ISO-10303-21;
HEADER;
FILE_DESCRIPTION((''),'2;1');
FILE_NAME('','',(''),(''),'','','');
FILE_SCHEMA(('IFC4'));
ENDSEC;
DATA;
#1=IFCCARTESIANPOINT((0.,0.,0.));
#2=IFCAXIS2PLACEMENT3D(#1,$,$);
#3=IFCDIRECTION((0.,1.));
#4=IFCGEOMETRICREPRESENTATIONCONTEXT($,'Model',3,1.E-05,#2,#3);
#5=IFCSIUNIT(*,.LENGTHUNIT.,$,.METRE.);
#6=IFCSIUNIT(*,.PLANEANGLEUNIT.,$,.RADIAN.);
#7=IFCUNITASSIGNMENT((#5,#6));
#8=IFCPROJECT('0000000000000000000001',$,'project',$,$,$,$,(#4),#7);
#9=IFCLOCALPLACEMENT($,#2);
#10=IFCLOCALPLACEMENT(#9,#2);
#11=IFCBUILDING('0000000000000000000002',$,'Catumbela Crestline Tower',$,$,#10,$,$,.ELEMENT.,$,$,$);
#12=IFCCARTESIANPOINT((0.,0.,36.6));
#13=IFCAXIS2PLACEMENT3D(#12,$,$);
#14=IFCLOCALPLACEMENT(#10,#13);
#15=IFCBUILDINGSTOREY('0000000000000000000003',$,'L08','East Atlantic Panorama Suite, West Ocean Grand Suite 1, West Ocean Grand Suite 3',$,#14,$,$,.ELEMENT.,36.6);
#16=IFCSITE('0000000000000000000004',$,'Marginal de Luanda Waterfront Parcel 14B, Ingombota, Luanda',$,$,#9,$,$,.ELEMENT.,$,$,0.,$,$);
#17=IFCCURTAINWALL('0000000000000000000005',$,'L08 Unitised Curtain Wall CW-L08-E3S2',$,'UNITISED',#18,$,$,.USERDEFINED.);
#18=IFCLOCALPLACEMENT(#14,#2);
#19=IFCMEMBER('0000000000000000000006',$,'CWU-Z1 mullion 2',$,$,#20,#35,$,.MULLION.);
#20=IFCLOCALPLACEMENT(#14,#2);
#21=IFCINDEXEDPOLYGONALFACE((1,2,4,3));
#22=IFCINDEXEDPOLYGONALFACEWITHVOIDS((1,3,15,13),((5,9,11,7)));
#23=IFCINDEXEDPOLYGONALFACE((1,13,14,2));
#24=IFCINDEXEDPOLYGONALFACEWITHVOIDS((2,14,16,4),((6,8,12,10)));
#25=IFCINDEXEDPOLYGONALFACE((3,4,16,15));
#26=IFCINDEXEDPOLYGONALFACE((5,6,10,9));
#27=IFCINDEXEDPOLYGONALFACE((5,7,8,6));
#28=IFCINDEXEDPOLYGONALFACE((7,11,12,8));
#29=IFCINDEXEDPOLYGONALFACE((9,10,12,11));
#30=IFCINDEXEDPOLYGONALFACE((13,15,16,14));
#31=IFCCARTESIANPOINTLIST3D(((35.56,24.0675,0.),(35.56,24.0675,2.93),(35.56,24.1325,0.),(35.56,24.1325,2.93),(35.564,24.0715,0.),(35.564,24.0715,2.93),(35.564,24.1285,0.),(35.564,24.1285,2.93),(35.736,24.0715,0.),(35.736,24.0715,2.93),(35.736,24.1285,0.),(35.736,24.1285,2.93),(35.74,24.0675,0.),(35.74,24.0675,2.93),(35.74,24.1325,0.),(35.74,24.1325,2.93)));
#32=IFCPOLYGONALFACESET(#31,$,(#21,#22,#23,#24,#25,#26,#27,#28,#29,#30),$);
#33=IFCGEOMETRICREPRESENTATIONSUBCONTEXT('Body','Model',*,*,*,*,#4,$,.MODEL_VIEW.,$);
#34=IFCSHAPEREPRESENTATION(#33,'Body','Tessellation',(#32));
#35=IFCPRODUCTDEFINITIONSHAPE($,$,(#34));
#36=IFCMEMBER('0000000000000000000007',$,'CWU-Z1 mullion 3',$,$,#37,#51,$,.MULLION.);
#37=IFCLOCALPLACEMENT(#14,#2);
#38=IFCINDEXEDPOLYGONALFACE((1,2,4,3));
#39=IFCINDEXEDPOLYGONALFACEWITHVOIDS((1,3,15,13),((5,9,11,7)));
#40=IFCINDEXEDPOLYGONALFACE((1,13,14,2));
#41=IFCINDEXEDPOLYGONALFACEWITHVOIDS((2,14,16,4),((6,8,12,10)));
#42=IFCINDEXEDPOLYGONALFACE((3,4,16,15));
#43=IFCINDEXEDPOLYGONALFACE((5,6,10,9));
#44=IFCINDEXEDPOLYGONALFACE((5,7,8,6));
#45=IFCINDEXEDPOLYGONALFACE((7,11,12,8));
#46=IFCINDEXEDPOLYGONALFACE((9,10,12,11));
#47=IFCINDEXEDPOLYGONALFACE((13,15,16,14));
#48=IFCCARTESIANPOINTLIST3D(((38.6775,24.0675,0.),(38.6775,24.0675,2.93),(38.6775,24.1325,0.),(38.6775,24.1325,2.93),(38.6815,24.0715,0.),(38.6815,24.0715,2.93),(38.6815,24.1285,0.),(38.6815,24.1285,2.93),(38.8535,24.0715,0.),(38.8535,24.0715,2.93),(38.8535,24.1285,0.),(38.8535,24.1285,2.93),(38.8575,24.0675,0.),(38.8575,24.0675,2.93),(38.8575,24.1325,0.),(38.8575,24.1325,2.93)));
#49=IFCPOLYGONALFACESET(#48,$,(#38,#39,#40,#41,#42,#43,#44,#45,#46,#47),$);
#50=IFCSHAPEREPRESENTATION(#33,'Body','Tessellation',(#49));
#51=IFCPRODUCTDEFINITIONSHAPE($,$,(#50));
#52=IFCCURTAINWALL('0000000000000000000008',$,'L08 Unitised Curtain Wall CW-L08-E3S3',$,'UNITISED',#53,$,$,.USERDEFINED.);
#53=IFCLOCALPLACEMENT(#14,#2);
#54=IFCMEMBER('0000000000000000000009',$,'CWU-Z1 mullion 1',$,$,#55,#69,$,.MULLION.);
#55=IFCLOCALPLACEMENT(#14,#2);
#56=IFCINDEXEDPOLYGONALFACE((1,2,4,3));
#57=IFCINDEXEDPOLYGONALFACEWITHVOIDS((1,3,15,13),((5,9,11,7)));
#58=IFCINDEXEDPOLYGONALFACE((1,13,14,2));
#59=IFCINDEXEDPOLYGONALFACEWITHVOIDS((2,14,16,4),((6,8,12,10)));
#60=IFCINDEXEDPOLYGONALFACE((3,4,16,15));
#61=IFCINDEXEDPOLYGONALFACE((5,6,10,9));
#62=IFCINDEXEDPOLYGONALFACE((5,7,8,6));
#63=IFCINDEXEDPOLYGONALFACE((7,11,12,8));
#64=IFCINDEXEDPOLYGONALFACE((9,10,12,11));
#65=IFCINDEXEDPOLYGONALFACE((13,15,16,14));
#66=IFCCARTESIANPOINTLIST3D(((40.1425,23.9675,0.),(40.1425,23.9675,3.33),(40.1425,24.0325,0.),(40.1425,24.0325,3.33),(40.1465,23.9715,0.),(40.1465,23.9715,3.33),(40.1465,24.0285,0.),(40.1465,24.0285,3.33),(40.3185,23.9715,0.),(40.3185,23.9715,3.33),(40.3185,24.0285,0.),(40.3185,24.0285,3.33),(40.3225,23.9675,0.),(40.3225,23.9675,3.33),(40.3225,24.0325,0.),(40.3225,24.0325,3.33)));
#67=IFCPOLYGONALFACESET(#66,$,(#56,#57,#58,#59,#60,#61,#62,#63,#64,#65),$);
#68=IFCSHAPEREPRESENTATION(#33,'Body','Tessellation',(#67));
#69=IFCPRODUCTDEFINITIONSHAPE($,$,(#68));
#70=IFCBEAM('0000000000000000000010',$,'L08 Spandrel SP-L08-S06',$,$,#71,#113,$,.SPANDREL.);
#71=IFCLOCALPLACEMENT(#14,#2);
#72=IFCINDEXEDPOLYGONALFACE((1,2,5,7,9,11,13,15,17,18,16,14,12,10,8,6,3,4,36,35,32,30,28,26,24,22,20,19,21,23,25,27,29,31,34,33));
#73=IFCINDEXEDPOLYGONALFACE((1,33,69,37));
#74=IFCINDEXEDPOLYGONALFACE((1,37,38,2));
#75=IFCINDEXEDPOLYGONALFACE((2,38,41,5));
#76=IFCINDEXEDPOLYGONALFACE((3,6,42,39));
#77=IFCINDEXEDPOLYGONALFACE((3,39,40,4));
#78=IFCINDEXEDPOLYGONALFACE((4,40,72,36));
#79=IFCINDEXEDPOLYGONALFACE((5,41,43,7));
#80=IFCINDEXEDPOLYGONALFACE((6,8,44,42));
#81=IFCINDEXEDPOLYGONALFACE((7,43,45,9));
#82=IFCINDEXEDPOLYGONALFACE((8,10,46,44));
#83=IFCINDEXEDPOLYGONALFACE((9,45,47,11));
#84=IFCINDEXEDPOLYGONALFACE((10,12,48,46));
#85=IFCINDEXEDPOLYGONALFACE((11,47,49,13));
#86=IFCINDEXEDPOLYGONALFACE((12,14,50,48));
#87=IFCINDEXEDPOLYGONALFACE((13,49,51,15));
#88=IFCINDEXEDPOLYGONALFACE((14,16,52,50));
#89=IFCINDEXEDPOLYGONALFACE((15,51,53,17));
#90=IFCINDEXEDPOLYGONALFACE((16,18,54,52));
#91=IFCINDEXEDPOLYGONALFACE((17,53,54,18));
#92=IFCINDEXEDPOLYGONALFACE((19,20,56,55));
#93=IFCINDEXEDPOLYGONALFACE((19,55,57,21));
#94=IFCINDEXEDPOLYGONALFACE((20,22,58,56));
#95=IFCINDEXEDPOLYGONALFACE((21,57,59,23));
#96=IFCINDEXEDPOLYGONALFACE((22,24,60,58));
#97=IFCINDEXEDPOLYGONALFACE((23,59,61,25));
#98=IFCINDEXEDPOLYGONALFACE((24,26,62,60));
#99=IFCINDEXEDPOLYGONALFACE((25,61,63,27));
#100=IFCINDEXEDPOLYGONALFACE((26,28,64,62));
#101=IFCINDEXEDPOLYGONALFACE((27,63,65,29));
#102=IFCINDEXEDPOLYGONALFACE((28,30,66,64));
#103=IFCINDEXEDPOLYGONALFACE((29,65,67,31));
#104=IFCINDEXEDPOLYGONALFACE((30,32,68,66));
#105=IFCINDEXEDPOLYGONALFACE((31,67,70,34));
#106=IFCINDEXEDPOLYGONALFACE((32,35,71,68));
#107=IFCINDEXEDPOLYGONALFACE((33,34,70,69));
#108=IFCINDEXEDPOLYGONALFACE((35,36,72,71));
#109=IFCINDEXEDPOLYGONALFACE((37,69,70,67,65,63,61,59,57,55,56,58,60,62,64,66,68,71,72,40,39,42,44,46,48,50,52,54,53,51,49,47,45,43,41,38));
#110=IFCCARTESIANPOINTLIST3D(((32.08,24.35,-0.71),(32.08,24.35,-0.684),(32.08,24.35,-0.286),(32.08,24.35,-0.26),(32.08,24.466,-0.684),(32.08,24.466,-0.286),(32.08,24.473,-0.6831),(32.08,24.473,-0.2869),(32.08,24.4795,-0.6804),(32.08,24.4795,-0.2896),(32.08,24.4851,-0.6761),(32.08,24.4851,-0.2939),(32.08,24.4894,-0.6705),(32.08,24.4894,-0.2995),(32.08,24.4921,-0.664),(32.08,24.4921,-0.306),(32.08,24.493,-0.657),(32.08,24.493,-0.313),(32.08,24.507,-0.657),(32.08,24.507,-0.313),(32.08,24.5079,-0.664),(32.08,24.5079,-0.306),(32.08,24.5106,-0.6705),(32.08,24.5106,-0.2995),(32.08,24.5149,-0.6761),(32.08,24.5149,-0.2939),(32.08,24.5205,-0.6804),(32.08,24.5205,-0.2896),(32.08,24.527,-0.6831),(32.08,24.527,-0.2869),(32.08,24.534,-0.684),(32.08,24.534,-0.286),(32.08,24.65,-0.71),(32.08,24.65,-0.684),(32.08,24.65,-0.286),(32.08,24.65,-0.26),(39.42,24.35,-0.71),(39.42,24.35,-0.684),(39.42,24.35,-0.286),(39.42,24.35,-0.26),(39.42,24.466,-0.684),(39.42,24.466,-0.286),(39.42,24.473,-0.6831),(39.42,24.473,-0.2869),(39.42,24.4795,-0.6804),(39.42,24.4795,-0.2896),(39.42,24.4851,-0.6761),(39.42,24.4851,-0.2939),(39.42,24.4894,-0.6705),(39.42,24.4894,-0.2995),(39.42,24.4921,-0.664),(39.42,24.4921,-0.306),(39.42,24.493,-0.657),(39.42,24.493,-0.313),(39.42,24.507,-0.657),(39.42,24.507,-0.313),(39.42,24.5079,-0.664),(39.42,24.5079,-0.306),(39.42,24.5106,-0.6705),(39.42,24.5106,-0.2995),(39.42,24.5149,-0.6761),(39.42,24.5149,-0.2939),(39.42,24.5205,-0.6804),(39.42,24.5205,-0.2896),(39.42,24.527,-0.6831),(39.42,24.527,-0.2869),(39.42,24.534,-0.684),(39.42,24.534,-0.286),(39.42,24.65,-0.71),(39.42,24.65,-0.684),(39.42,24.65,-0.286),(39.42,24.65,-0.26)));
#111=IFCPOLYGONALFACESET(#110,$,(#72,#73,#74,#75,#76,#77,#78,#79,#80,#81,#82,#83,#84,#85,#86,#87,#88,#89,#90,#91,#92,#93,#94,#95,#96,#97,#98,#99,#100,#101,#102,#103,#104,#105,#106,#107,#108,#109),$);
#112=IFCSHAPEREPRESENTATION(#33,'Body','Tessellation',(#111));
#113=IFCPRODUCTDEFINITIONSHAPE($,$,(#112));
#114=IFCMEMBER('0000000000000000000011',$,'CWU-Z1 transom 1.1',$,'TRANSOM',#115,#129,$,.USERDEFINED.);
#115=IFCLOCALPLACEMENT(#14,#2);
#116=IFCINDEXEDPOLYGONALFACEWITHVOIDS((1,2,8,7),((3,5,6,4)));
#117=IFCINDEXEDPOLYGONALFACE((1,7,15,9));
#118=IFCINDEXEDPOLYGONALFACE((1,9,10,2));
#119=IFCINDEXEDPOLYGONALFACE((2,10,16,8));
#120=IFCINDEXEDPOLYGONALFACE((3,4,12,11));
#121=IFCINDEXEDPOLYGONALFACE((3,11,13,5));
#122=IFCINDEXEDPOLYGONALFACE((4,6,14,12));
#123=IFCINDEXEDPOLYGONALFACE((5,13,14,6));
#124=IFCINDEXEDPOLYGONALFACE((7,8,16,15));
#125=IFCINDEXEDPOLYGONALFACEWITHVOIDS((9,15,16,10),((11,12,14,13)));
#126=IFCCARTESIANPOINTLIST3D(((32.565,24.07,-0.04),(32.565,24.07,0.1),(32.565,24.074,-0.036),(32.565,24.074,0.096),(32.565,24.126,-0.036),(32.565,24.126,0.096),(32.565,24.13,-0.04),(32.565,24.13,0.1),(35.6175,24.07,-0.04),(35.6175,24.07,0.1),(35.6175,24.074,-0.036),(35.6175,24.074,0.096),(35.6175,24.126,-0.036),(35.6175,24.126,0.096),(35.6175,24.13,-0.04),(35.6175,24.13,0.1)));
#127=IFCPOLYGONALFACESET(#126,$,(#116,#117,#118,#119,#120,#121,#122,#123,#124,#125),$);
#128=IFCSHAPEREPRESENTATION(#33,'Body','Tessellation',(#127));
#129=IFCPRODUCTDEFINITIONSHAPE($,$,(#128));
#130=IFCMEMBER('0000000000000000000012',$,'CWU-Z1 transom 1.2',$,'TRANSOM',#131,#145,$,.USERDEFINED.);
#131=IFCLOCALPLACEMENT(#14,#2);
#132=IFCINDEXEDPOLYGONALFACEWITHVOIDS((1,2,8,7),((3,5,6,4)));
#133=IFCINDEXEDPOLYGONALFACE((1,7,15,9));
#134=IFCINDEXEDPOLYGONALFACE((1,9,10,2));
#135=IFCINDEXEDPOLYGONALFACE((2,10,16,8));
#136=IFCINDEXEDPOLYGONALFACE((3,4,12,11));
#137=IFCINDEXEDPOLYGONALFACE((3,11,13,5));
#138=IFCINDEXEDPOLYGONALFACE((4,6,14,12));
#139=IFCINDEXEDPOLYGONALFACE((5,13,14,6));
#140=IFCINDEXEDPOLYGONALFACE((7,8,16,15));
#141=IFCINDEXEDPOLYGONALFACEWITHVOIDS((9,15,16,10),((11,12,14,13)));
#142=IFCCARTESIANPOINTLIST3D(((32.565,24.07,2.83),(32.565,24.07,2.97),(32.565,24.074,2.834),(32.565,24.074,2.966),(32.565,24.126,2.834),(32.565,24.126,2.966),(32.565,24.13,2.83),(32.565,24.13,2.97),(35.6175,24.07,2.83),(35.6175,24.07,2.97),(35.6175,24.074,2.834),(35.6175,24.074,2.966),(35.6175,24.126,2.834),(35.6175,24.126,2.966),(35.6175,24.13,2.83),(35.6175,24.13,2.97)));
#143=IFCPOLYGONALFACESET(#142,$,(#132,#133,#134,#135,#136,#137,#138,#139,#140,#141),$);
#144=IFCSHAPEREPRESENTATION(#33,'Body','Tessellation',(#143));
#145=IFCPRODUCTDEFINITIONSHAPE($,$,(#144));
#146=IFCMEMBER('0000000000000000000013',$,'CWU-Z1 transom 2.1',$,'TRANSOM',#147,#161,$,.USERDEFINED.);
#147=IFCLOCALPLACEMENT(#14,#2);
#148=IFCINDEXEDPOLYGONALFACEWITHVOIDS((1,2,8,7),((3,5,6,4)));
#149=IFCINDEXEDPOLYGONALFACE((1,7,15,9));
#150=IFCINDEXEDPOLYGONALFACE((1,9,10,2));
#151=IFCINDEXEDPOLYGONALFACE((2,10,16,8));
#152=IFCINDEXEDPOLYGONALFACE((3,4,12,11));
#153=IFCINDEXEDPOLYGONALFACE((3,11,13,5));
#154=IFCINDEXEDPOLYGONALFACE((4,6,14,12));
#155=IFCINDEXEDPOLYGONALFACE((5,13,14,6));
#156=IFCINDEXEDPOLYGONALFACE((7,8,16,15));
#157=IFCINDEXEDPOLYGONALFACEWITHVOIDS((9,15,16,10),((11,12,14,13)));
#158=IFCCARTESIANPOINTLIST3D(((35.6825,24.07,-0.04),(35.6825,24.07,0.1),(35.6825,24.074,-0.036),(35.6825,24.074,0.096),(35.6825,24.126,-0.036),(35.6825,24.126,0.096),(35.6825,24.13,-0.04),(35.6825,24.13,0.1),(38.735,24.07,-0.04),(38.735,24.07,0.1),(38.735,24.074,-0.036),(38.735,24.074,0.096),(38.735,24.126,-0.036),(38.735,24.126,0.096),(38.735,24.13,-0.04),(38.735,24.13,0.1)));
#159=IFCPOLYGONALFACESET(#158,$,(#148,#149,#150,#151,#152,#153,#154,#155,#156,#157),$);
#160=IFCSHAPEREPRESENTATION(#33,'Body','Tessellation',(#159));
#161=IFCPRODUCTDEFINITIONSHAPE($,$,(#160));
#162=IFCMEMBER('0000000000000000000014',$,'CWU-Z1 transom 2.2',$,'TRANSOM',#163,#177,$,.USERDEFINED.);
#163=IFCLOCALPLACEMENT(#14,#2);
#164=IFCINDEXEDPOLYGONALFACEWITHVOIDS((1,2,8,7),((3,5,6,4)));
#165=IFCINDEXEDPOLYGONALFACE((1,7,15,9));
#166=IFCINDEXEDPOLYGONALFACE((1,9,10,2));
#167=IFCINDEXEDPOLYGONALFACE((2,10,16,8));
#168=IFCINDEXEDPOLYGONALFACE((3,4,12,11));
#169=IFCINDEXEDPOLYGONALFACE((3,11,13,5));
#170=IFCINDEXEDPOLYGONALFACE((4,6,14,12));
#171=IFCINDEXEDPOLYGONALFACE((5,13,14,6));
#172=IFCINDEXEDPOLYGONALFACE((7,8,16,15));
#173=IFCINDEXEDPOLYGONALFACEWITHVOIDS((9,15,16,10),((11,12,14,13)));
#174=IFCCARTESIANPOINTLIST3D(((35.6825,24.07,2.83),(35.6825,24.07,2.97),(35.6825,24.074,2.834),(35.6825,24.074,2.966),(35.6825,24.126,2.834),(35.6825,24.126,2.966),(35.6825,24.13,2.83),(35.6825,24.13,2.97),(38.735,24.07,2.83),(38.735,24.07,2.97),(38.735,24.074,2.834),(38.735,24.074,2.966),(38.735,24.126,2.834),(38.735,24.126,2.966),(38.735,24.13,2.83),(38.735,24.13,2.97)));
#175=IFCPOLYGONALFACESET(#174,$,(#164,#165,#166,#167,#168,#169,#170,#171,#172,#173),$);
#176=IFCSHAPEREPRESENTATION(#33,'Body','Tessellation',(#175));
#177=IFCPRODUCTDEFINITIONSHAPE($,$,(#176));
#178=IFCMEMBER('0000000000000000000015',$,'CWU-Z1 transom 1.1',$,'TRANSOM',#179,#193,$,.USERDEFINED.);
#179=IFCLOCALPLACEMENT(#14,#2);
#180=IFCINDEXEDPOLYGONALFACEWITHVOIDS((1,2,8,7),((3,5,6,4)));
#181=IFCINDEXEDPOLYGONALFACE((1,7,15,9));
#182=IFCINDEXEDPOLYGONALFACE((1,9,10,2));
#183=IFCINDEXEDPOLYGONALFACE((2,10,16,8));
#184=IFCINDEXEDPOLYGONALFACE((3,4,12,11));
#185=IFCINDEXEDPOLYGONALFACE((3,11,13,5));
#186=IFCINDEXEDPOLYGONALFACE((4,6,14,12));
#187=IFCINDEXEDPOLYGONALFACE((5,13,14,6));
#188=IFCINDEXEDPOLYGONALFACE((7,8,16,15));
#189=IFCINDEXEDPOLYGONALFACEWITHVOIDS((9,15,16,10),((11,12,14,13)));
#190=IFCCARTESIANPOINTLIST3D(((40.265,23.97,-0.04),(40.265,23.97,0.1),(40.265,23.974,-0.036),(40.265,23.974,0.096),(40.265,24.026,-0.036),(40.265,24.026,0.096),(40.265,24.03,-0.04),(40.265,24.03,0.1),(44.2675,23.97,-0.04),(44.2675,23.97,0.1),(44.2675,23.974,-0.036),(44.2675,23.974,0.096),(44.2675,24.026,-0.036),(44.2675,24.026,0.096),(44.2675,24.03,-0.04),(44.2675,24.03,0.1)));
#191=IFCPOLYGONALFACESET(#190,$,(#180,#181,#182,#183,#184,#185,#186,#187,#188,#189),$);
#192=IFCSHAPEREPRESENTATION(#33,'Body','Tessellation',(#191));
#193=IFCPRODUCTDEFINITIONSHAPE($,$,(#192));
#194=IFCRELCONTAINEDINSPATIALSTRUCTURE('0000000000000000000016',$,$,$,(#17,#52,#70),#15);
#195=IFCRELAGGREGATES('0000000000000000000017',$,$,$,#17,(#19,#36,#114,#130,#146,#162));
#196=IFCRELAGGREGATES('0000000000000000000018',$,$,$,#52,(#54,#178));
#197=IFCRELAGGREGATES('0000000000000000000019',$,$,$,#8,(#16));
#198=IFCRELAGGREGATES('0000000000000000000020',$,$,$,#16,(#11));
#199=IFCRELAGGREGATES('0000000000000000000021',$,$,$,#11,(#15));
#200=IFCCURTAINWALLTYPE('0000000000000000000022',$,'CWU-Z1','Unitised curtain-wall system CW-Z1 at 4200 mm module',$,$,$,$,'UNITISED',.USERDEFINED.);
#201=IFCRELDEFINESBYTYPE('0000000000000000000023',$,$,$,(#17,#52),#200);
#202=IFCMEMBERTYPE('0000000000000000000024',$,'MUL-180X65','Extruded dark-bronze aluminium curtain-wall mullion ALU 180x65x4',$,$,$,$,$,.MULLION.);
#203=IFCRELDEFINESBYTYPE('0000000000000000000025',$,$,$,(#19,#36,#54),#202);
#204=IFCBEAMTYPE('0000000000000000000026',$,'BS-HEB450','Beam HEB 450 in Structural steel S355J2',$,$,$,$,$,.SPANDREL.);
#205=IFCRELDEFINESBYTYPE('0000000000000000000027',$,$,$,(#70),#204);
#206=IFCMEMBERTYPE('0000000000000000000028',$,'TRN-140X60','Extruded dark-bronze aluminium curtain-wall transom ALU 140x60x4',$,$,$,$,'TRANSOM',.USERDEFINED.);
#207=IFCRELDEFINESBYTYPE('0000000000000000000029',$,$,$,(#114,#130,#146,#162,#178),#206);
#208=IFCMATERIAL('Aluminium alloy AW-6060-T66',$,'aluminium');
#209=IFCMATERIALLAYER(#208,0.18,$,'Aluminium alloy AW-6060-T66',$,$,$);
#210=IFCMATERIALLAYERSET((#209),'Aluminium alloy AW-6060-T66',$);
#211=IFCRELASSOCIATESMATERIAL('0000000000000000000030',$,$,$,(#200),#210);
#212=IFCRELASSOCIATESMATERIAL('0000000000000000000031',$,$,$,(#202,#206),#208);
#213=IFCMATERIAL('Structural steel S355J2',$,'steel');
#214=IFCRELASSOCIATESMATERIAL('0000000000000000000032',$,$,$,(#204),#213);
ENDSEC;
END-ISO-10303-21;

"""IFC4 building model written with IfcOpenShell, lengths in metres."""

from ifc_helpers import new_model, si_unit, direction, frame, origin, origin_2d, place, context, subcontext, project, spatial, hollow_rectangle, i_section, extrude, material, layer, layer_set, material_profile, profile_set, type_object, element, aggregate, save


model = new_model("IFC4")

# Units and contexts
model_context = context("Model", 3, precision=1e-05, world=origin(), true_north=direction((0.0, 1.0)))
body_context = subcontext(model_context, "Body", "Model", "MODEL_VIEW")
ifc_project = project(units=[si_unit("LENGTHUNIT", "METRE"), si_unit("PLANEANGLEUNIT", "RADIAN")], contexts=[model_context])

# Site, building, storey
site_placement = place(None, origin())
site = spatial("IfcSite", under=ifc_project, at=site_placement, Name="Marginal de Luanda Waterfront Parcel 14B, Ingombota, Luanda", CompositionType="ELEMENT", RefElevation=0.0)
building_placement = place(site_placement, origin())
building = spatial("IfcBuilding", under=site, at=building_placement, Name="Catumbela Crestline Tower", CompositionType="ELEMENT")
storey_placement = place(building_placement, frame((0.0, 0.0, 36.6)))
storey = spatial("IfcBuildingStorey", under=building, at=storey_placement, Name="L08", Description="East Atlantic Panorama Suite, West Ocean Grand Suite 1, West Ocean Grand Suite 3", CompositionType="ELEMENT", Elevation=36.6)

# Shared definitions
ifc_material_1 = material(Name="Structural steel S355J2", Category="steel")

# Curtain wall, members
ifc_material_2 = material(Name="Aluminium alloy AW-6060-T66", Category="aluminium")
ifc_layer_1 = layer(ifc_material_2, 0.18, Name="Aluminium alloy AW-6060-T66")
ifc_layer_set_1 = layer_set([ifc_layer_1], Name="Aluminium alloy AW-6060-T66")
curtain_wall_type = type_object("IfcCurtainWallType", Name="CWU-Z1", Description="Unitised curtain-wall system CW-Z1 at 4200 mm module", ElementType="UNITISED", PredefinedType="USERDEFINED", material=ifc_layer_set_1)
curtain_wall_1_placement = place(storey_placement, origin())
curtain_wall_1 = element("IfcCurtainWall", 1, at=curtain_wall_1_placement, inside=storey, type_object=curtain_wall_type, Name="L08 Unitised Curtain Wall CW-L08-E3S2", ObjectType="UNITISED", PredefinedType="USERDEFINED")
ifc_material_profile_1 = material_profile(ifc_material_2, hollow_rectangle(XDim=0.065, YDim=0.18, WallThickness=0.004, at=origin_2d()), Name="ALU 180x65x4")
ifc_profile_set_1 = profile_set([ifc_material_profile_1], Name="Aluminium alloy AW-6060-T66")
member_type_1 = type_object("IfcMemberType", Name="MUL-180X65", Description="Extruded dark-bronze aluminium curtain-wall mullion ALU 180x65x4", PredefinedType="MULLION", material=ifc_profile_set_1)
member_1_placement = place(storey_placement, frame((35.65, 24.1, 0.0), z_axis=(0.0, 0.0, 1.0), x_axis=(0.0, 1.0, 0.0)))
member_1 = element("IfcMember", 2, at=member_1_placement, type_object=member_type_1, Name="CWU-Z1 mullion 2", PredefinedType="MULLION", context=body_context, shape_type="SweptSolid", body=[
    extrude(hollow_rectangle(XDim=0.065, YDim=0.18, WallThickness=0.004, at=origin_2d()), origin(), (0.0, 0.0, 1.0), 2.93),
])
member_2_placement = place(storey_placement, frame((38.7675, 24.1, 0.0), z_axis=(0.0, 0.0, 1.0), x_axis=(0.0, 1.0, 0.0)))
member_2 = element("IfcMember", 3, at=member_2_placement, type_object=member_type_1, Name="CWU-Z1 mullion 3", PredefinedType="MULLION", context=body_context, shape_type="SweptSolid", body=[
    extrude(hollow_rectangle(XDim=0.065, YDim=0.18, WallThickness=0.004, at=origin_2d()), origin(), (0.0, 0.0, 1.0), 2.93),
])

# Curtain wall, member
curtain_wall_2_placement = place(storey_placement, origin())
curtain_wall_2 = element("IfcCurtainWall", 4, at=curtain_wall_2_placement, inside=storey, type_object=curtain_wall_type, Name="L08 Unitised Curtain Wall CW-L08-E3S3", ObjectType="UNITISED", PredefinedType="USERDEFINED")
member_3_placement = place(storey_placement, frame((40.2325, 24.0, 0.0), z_axis=(0.0, 0.0, 1.0), x_axis=(0.0, 1.0, 0.0)))
member_3 = element("IfcMember", 5, at=member_3_placement, type_object=member_type_1, Name="CWU-Z1 mullion 1", PredefinedType="MULLION", context=body_context, shape_type="SweptSolid", body=[
    extrude(hollow_rectangle(XDim=0.065, YDim=0.18, WallThickness=0.004, at=origin_2d()), origin(), (0.0, 0.0, 1.0), 3.33),
])

# Beam
ifc_material_profile_2 = material_profile(ifc_material_1, i_section(OverallWidth=0.3, OverallDepth=0.45, WebThickness=0.014, FlangeThickness=0.026, FilletRadius=0.027, at=origin_2d()), Name="HEB 450")
ifc_profile_set_2 = profile_set([ifc_material_profile_2], Name="Structural steel S355J2")
beam_type_1 = type_object("IfcBeamType", Name="BS-HEB450", Description="Beam HEB 450 in Structural steel S355J2", PredefinedType="SPANDREL", material=ifc_profile_set_2)
beam_1_placement = place(storey_placement, frame((32.08, 24.5, -0.485), z_axis=(1.0, 0.0, 0.0), x_axis=(0.0, 1.0, 0.0)))
element("IfcBeam", 6, at=beam_1_placement, inside=storey, type_object=beam_type_1, Name="L08 Spandrel SP-L08-S06", PredefinedType="SPANDREL", context=body_context, shape_type="SweptSolid", body=[
    extrude(i_section(OverallWidth=0.3, OverallDepth=0.45, WebThickness=0.014, FlangeThickness=0.026, FilletRadius=0.027, at=origin_2d()), origin(), (0.0, 0.0, 1.0), 7.34),
])

# Members
ifc_material_profile_3 = material_profile(ifc_material_2, hollow_rectangle(XDim=0.06, YDim=0.14, WallThickness=0.004, at=origin_2d()), Name="ALU 140x60x4")
ifc_profile_set_3 = profile_set([ifc_material_profile_3], Name="Aluminium alloy AW-6060-T66")
member_type_2 = type_object("IfcMemberType", Name="TRN-140X60", Description="Extruded dark-bronze aluminium curtain-wall transom ALU 140x60x4", ElementType="TRANSOM", PredefinedType="USERDEFINED", material=ifc_profile_set_3)
member_4_placement = place(storey_placement, frame((32.565, 24.1, 0.03), z_axis=(1.0, 0.0, 0.0), x_axis=(0.0, 1.0, 0.0)))
member_4 = element("IfcMember", 7, at=member_4_placement, type_object=member_type_2, Name="CWU-Z1 transom 1.1", ObjectType="TRANSOM", PredefinedType="USERDEFINED", context=body_context, shape_type="SweptSolid", body=[
    extrude(hollow_rectangle(XDim=0.06, YDim=0.14, WallThickness=0.004, at=origin_2d()), origin(), (0.0, 0.0, 1.0), 3.0525),
])
member_5_placement = place(storey_placement, frame((32.565, 24.1, 2.9), z_axis=(1.0, 0.0, 0.0), x_axis=(0.0, 1.0, 0.0)))
member_5 = element("IfcMember", 8, at=member_5_placement, type_object=member_type_2, Name="CWU-Z1 transom 1.2", ObjectType="TRANSOM", PredefinedType="USERDEFINED", context=body_context, shape_type="SweptSolid", body=[
    extrude(hollow_rectangle(XDim=0.06, YDim=0.14, WallThickness=0.004, at=origin_2d()), origin(), (0.0, 0.0, 1.0), 3.0525),
])
member_6_placement = place(storey_placement, frame((35.6825, 24.1, 0.03), z_axis=(1.0, 0.0, 0.0), x_axis=(0.0, 1.0, 0.0)))
member_6 = element("IfcMember", 9, at=member_6_placement, type_object=member_type_2, Name="CWU-Z1 transom 2.1", ObjectType="TRANSOM", PredefinedType="USERDEFINED", context=body_context, shape_type="SweptSolid", body=[
    extrude(hollow_rectangle(XDim=0.06, YDim=0.14, WallThickness=0.004, at=origin_2d()), origin(), (0.0, 0.0, 1.0), 3.0525),
])
member_7_placement = place(storey_placement, frame((35.6825, 24.1, 2.9), z_axis=(1.0, 0.0, 0.0), x_axis=(0.0, 1.0, 0.0)))
member_7 = element("IfcMember", 10, at=member_7_placement, type_object=member_type_2, Name="CWU-Z1 transom 2.2", ObjectType="TRANSOM", PredefinedType="USERDEFINED", context=body_context, shape_type="SweptSolid", body=[
    extrude(hollow_rectangle(XDim=0.06, YDim=0.14, WallThickness=0.004, at=origin_2d()), origin(), (0.0, 0.0, 1.0), 3.0525),
])
member_8_placement = place(storey_placement, frame((40.265, 24.0, 0.03), z_axis=(1.0, 0.0, 0.0), x_axis=(0.0, 1.0, 0.0)))
member_8 = element("IfcMember", 11, at=member_8_placement, type_object=member_type_2, Name="CWU-Z1 transom 1.1", ObjectType="TRANSOM", PredefinedType="USERDEFINED", context=body_context, shape_type="SweptSolid", body=[
    extrude(hollow_rectangle(XDim=0.06, YDim=0.14, WallThickness=0.004, at=origin_2d()), origin(), (0.0, 0.0, 1.0), 4.0025),
])

aggregate(curtain_wall_1, [member_1, member_2, member_4, member_5, member_6, member_7])
aggregate(curtain_wall_2, [member_3, member_8])

save(model, "model.ifc")
